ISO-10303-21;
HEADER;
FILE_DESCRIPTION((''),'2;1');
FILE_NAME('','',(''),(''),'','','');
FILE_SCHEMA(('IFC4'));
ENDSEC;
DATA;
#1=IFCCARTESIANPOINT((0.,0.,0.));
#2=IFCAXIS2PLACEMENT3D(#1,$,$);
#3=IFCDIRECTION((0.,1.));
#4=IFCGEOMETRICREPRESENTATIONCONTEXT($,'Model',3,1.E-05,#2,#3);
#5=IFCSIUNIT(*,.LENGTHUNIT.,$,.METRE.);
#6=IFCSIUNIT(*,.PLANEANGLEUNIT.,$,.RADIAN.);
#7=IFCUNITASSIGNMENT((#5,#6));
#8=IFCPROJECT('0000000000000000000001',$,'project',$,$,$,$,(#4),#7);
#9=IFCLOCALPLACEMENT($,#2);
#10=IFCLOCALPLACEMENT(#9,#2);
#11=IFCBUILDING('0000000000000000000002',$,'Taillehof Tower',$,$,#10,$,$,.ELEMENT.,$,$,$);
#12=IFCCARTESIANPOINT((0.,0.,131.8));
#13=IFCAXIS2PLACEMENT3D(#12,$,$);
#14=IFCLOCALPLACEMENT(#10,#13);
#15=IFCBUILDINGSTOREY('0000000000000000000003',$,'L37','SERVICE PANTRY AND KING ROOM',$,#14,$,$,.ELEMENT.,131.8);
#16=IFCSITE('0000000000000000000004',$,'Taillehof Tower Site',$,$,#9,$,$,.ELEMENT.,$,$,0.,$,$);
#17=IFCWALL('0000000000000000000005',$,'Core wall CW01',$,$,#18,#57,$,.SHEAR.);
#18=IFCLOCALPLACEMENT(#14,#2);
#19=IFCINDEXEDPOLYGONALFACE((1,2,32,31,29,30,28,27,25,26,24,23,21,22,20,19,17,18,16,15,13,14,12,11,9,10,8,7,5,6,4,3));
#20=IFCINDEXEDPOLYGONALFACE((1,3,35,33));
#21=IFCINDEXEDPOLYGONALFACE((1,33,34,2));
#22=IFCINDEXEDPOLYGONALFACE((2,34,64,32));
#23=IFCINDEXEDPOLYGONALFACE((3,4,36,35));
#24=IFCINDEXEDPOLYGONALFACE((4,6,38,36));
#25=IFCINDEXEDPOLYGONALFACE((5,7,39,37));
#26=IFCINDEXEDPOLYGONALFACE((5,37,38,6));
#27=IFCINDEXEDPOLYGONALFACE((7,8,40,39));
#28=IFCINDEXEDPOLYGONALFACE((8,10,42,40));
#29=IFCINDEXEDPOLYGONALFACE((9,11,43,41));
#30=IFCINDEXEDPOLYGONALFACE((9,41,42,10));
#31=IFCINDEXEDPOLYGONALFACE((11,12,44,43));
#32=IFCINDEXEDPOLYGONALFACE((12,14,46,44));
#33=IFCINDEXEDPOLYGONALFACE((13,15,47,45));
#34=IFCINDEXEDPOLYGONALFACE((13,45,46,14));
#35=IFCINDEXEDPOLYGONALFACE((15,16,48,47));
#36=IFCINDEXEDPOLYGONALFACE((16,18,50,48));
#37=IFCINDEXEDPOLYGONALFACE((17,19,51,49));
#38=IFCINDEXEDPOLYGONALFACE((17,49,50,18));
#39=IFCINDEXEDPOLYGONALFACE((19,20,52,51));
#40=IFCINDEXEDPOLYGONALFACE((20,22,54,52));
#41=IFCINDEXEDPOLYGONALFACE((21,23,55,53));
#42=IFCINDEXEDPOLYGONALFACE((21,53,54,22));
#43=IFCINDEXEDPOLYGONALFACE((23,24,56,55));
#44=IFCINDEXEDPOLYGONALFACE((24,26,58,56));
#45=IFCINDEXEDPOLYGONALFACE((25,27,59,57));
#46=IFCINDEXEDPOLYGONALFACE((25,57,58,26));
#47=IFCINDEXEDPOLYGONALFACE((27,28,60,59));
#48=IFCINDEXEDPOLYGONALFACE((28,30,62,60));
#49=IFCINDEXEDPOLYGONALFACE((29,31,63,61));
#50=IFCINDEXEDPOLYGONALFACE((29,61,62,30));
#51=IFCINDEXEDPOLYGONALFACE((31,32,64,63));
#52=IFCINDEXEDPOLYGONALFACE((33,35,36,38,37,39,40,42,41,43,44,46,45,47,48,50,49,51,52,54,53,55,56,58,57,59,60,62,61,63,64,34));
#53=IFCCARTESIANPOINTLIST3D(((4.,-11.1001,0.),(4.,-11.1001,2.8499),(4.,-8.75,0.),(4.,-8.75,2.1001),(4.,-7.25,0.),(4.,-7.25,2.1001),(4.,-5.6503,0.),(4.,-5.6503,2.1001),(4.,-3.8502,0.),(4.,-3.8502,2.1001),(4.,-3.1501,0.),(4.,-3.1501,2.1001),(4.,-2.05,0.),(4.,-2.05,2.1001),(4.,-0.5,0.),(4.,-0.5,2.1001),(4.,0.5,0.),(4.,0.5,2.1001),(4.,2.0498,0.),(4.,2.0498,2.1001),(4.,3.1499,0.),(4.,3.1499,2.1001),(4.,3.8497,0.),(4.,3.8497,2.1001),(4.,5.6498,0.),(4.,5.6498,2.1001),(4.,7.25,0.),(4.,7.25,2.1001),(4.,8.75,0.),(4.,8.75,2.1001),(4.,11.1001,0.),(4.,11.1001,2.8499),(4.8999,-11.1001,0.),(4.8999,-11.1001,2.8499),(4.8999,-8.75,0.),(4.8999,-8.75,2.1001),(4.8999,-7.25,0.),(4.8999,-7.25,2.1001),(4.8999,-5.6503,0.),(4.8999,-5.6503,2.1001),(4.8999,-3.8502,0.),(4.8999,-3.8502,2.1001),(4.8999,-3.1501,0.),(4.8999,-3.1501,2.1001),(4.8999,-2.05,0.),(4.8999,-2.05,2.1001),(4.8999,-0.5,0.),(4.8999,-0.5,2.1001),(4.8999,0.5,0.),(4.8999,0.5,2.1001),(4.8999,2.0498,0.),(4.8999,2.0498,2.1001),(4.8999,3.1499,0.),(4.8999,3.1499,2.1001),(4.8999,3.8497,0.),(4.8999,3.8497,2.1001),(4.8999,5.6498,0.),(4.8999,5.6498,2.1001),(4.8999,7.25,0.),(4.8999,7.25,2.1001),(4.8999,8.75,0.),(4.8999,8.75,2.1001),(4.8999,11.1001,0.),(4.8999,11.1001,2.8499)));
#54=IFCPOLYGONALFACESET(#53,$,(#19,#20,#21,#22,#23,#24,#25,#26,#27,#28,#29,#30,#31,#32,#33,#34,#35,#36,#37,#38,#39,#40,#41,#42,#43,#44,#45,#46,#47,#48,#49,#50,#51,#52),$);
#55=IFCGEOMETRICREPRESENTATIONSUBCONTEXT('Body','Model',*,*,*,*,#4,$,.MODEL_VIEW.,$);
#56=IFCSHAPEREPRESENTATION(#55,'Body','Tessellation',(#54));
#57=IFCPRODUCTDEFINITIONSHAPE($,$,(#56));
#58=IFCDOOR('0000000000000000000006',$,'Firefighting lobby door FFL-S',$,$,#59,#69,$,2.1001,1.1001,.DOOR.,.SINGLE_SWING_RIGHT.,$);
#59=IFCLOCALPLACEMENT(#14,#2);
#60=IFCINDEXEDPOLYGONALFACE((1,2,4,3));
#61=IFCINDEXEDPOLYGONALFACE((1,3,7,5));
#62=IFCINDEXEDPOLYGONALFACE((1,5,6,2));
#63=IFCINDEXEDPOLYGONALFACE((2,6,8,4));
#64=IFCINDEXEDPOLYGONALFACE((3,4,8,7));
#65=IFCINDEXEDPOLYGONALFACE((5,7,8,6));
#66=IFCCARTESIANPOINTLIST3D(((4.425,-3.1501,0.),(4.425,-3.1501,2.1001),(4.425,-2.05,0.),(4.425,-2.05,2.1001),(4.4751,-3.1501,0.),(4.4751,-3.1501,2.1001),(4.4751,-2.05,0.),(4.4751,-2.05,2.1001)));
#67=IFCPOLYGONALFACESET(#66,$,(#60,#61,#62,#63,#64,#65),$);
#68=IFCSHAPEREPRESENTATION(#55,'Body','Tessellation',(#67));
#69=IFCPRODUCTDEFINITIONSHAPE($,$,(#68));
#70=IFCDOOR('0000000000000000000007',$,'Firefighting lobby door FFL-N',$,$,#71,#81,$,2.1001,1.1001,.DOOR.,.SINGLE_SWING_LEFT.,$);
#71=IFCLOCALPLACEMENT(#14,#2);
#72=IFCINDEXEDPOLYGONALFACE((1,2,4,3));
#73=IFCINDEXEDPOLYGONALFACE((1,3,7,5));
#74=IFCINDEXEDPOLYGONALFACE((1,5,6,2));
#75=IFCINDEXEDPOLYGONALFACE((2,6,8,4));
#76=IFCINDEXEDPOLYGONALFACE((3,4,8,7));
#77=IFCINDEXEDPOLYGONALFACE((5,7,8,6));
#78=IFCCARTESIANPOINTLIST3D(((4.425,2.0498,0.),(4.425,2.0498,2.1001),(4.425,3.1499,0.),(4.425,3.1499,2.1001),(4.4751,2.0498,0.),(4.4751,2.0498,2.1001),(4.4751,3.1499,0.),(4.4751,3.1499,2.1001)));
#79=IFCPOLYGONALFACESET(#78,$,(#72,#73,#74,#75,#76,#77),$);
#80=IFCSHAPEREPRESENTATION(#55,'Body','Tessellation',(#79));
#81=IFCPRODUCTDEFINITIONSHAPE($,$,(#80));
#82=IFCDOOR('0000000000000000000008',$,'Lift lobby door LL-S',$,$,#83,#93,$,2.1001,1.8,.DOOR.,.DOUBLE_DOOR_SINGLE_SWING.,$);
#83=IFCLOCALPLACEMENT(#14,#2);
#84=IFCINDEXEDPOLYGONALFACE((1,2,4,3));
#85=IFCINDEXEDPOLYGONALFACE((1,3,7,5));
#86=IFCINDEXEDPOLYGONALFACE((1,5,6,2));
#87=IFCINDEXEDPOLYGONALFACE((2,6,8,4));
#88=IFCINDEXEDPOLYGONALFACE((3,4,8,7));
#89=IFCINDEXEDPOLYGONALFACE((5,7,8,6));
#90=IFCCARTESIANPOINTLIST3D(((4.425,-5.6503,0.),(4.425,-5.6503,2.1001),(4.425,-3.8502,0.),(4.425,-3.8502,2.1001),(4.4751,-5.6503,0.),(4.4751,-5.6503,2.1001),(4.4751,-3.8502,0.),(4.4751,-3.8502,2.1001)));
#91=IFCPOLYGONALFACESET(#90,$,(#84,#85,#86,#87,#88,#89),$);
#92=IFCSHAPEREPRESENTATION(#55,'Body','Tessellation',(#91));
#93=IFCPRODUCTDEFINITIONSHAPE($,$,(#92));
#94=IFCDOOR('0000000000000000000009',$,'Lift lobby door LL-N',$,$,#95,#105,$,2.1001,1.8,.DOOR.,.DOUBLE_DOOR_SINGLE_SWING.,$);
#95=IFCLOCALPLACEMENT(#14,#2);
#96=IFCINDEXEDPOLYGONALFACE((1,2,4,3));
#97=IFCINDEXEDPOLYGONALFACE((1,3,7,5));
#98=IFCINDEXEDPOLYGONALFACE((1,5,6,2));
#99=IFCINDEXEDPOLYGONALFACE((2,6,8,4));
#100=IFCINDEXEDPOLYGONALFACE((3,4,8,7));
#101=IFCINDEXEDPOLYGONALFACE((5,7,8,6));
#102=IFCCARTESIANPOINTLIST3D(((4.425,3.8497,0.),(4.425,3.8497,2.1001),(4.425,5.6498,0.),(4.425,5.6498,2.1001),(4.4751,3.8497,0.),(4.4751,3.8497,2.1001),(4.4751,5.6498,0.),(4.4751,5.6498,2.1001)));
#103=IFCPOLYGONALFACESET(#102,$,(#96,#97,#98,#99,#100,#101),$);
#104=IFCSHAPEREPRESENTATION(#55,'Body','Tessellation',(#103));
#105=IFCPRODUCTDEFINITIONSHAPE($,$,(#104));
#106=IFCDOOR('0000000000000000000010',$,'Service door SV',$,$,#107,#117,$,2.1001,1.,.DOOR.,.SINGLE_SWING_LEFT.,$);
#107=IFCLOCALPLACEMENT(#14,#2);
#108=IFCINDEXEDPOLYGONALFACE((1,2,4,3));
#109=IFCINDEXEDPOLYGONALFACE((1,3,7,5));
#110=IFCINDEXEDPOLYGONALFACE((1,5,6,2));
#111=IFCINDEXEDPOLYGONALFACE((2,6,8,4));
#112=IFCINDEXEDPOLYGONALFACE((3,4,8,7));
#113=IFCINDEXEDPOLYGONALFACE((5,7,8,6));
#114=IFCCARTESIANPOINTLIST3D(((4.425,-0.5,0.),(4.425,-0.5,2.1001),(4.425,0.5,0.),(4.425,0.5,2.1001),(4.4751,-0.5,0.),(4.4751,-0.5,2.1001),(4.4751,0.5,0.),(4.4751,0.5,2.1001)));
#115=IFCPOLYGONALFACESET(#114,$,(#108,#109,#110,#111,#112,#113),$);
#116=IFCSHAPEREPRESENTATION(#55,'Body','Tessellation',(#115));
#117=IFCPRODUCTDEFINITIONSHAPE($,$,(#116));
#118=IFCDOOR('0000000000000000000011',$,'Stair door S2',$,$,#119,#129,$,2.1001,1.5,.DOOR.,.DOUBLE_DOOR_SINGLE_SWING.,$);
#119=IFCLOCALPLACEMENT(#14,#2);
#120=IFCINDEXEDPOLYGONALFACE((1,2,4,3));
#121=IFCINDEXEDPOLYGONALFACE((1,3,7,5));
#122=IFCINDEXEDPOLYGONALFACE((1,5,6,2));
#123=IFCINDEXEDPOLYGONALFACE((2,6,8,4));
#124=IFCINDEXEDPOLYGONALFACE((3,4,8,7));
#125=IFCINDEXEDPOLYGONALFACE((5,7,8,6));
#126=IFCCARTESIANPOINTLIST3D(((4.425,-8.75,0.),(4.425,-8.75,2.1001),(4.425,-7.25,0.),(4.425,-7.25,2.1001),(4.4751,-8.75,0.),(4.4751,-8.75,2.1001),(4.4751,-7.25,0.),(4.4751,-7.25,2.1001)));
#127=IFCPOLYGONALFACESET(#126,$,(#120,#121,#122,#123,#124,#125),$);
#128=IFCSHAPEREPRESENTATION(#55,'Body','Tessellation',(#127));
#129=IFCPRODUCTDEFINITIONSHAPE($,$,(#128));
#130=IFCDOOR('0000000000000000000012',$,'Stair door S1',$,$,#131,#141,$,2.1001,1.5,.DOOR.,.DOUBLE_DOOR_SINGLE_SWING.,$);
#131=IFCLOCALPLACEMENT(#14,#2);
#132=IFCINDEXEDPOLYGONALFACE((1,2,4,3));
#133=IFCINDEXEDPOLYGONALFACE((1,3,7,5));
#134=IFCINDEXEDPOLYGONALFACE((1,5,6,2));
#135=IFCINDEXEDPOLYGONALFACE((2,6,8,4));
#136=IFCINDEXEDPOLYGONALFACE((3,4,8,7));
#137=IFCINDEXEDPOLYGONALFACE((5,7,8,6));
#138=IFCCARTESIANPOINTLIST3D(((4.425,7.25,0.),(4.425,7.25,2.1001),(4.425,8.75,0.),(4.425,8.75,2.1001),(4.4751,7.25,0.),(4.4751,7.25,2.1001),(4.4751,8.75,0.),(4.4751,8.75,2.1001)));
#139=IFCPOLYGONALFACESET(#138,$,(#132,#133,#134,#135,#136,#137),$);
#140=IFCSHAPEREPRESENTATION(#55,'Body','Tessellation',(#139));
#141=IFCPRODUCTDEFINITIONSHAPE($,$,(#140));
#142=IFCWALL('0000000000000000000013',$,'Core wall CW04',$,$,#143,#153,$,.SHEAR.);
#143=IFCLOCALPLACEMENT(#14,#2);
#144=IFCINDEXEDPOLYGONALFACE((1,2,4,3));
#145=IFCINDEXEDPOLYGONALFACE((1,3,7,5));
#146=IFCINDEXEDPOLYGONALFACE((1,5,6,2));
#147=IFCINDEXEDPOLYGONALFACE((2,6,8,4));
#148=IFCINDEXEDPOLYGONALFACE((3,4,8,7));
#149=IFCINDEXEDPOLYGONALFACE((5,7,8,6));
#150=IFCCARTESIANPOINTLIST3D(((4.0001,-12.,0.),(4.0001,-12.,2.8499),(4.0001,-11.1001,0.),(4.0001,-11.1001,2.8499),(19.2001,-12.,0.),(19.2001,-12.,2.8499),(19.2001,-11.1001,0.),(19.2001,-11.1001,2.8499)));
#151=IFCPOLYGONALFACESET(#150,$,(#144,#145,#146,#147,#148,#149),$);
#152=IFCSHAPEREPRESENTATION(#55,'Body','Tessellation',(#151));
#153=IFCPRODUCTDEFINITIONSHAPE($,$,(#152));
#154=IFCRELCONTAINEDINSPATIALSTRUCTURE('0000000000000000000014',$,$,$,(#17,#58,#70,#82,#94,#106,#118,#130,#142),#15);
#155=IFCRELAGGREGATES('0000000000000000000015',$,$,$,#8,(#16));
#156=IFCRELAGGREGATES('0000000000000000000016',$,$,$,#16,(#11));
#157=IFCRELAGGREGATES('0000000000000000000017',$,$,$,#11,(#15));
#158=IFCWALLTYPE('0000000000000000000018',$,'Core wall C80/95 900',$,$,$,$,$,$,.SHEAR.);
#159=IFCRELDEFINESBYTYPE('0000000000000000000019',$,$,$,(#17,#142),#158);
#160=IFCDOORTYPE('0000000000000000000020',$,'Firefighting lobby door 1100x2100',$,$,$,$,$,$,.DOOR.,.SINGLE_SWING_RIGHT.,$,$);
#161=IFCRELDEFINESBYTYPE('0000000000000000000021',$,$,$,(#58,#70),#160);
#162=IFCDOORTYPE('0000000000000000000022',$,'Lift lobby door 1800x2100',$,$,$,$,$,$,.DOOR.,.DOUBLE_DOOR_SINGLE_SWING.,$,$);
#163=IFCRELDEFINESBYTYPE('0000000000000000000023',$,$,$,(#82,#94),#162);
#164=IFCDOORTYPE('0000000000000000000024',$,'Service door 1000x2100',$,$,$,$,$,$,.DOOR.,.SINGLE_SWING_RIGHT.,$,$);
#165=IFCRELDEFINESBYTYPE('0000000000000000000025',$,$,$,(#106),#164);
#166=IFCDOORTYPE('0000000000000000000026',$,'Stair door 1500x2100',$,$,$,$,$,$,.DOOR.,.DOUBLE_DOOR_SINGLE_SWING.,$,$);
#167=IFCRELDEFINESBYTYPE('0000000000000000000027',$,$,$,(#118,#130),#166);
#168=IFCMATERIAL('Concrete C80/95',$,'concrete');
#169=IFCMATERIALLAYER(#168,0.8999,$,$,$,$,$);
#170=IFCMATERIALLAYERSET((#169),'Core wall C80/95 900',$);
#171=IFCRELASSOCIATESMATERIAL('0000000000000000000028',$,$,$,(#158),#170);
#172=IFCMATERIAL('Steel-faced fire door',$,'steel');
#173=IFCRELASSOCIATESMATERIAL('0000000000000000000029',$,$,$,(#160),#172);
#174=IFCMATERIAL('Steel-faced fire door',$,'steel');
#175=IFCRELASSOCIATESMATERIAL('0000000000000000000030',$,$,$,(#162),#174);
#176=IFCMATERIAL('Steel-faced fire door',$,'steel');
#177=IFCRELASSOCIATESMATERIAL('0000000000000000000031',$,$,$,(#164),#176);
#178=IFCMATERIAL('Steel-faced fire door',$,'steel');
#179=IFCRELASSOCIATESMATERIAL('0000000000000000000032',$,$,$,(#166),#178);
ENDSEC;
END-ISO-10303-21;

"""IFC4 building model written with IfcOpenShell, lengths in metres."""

from ifc_helpers import new_model, si_unit, direction, frame, frame_2d, origin, place, context, subcontext, project, spatial, rectangle, extrude, material, layer, layer_set, type_object, element, fill, save


model = new_model("IFC4")

# Units and contexts
model_context = context("Model", 3, precision=1e-05, world=origin(), true_north=direction((0.0, 1.0)))
body_context = subcontext(model_context, "Body", "Model", "MODEL_VIEW")
ifc_project = project(units=[si_unit("LENGTHUNIT", "METRE"), si_unit("PLANEANGLEUNIT", "RADIAN")], contexts=[model_context])

# Site, building, storey
site_placement = place(None, origin())
site = spatial("IfcSite", under=ifc_project, at=site_placement, Name="Taillehof Tower Site", CompositionType="ELEMENT", RefElevation=0.0)
building_placement = place(site_placement, origin())
building = spatial("IfcBuilding", under=site, at=building_placement, Name="Taillehof Tower", CompositionType="ELEMENT")
storey_placement = place(building_placement, frame((0.0, 0.0, 131.8)))
storey = spatial("IfcBuildingStorey", under=building, at=storey_placement, Name="L37", Description="SERVICE PANTRY AND KING ROOM", CompositionType="ELEMENT", Elevation=131.8)

# Wall, openings, doors
ifc_material_1 = material(Name="Concrete C80/95", Category="concrete")
ifc_layer_1 = layer(ifc_material_1, 0.8999)
ifc_layer_set_1 = layer_set([ifc_layer_1], Name="Core wall C80/95 900")
wall_type_1 = type_object("IfcWallType", Name="Core wall C80/95 900", PredefinedType="SHEAR", material=ifc_layer_set_1)
wall_1_placement = place(storey_placement, frame((4.45, -11.1001, 0.0), z_axis=(0.0, 0.0, 1.0), x_axis=(0.0, 1.0, 0.0)))
wall_1 = element("IfcWall", 1, at=wall_1_placement, inside=storey, type_object=wall_type_1, Name="Core wall CW01", PredefinedType="SHEAR", context=body_context, shape_type="SweptSolid", body=[
    extrude(rectangle(XDim=22.2002, YDim=0.8999, at=frame_2d((11.1001, 0.0))), origin(), (0.0, 0.0, 1.0), 2.8499),
])
opening_1_placement = place(wall_1_placement, frame((2.3501, 0.0, 0.0)))
opening_1 = element("IfcOpeningElement", 2, at=opening_1_placement, cuts=wall_1, PredefinedType="OPENING", context=body_context, shape_type="SweptSolid", body=[
    extrude(rectangle(XDim=1.5, YDim=2.1001, at=frame_2d((0.75, 1.05))), frame((0.0, 0.46, 0.0), z_axis=(0.0, -1.0, 0.0), x_axis=(1.0, 0.0, 0.0)), (0.0, 0.0, 1.0), 0.9199),
])
opening_2_placement = place(wall_1_placement, frame((5.45, 0.0, 0.0)))
opening_2 = element("IfcOpeningElement", 3, at=opening_2_placement, cuts=wall_1, PredefinedType="OPENING", context=body_context, shape_type="SweptSolid", body=[
    extrude(rectangle(XDim=1.8, YDim=2.1001, at=frame_2d((0.8999, 1.05))), frame((0.0, 0.46, 0.0), z_axis=(0.0, -1.0, 0.0), x_axis=(1.0, 0.0, 0.0)), (0.0, 0.0, 1.0), 0.9199),
])
opening_3_placement = place(wall_1_placement, frame((7.95, 0.0, 0.0)))
opening_3 = element("IfcOpeningElement", 4, at=opening_3_placement, cuts=wall_1, PredefinedType="OPENING", context=body_context, shape_type="SweptSolid", body=[
    extrude(rectangle(XDim=1.1001, YDim=2.1001, at=frame_2d((0.55, 1.05))), frame((0.0, 0.46, 0.0), z_axis=(0.0, -1.0, 0.0), x_axis=(1.0, 0.0, 0.0)), (0.0, 0.0, 1.0), 0.9199),
])
opening_4_placement = place(wall_1_placement, frame((10.6001, 0.0, 0.0)))
opening_4 = element("IfcOpeningElement", 5, at=opening_4_placement, cuts=wall_1, PredefinedType="OPENING", context=body_context, shape_type="SweptSolid", body=[
    extrude(rectangle(XDim=1.0, YDim=2.1001, at=frame_2d((0.5, 1.05))), frame((0.0, 0.46, 0.0), z_axis=(0.0, -1.0, 0.0), x_axis=(1.0, 0.0, 0.0)), (0.0, 0.0, 1.0), 0.9199),
])
opening_5_placement = place(wall_1_placement, frame((13.1499, 0.0, 0.0)))
opening_5 = element("IfcOpeningElement", 6, at=opening_5_placement, cuts=wall_1, PredefinedType="OPENING", context=body_context, shape_type="SweptSolid", body=[
    extrude(rectangle(XDim=1.1001, YDim=2.1001, at=frame_2d((0.55, 1.05))), frame((0.0, 0.46, 0.0), z_axis=(0.0, -1.0, 0.0), x_axis=(1.0, 0.0, 0.0)), (0.0, 0.0, 1.0), 0.9199),
])
opening_6_placement = place(wall_1_placement, frame((14.95, 0.0, 0.0)))
opening_6 = element("IfcOpeningElement", 7, at=opening_6_placement, cuts=wall_1, PredefinedType="OPENING", context=body_context, shape_type="SweptSolid", body=[
    extrude(rectangle(XDim=1.8, YDim=2.1001, at=frame_2d((0.8999, 1.05))), frame((0.0, 0.46, 0.0), z_axis=(0.0, -1.0, 0.0), x_axis=(1.0, 0.0, 0.0)), (0.0, 0.0, 1.0), 0.9199),
])
opening_7_placement = place(wall_1_placement, frame((18.3501, 0.0, 0.0)))
opening_7 = element("IfcOpeningElement", 8, at=opening_7_placement, cuts=wall_1, PredefinedType="OPENING", context=body_context, shape_type="SweptSolid", body=[
    extrude(rectangle(XDim=1.5, YDim=2.1001, at=frame_2d((0.75, 1.05))), frame((0.0, 0.46, 0.0), z_axis=(0.0, -1.0, 0.0), x_axis=(1.0, 0.0, 0.0)), (0.0, 0.0, 1.0), 0.9199),
])
ifc_material_2 = material(Name="Steel-faced fire door", Category="steel")
door_type_1 = type_object("IfcDoorType", Name="Firefighting lobby door 1100x2100", OperationType="SINGLE_SWING_RIGHT", PredefinedType="DOOR", material=ifc_material_2)
door_1_placement = place(opening_3_placement, origin())
door_1 = element("IfcDoor", 9, at=door_1_placement, inside=storey, type_object=door_type_1, Name="Firefighting lobby door FFL-S", OperationType="SINGLE_SWING_RIGHT", OverallHeight=2.1001, OverallWidth=1.1001, PredefinedType="DOOR", context=body_context, shape_type="SweptSolid", body=[
    extrude(rectangle(XDim=1.1001, YDim=2.1001, at=frame_2d((0.55, 1.05))), frame((0.0, 0.0249, 0.0), z_axis=(0.0, -1.0, 0.0), x_axis=(1.0, 0.0, 0.0)), (0.0, 0.0, 1.0), 0.05),
])
fill(opening_3, door_1)
door_2_placement = place(opening_5_placement, origin())
door_2 = element("IfcDoor", 10, at=door_2_placement, inside=storey, type_object=door_type_1, Name="Firefighting lobby door FFL-N", OperationType="SINGLE_SWING_LEFT", OverallHeight=2.1001, OverallWidth=1.1001, PredefinedType="DOOR", context=body_context, shape_type="SweptSolid", body=[
    extrude(rectangle(XDim=1.1001, YDim=2.1001, at=frame_2d((0.55, 1.05))), frame((0.0, 0.0249, 0.0), z_axis=(0.0, -1.0, 0.0), x_axis=(1.0, 0.0, 0.0)), (0.0, 0.0, 1.0), 0.05),
])
fill(opening_5, door_2)
ifc_material_3 = material(Name="Steel-faced fire door", Category="steel")
door_type_2 = type_object("IfcDoorType", Name="Lift lobby door 1800x2100", OperationType="DOUBLE_DOOR_SINGLE_SWING", PredefinedType="DOOR", material=ifc_material_3)
door_3_placement = place(opening_2_placement, origin())
door_3 = element("IfcDoor", 11, at=door_3_placement, inside=storey, type_object=door_type_2, Name="Lift lobby door LL-S", OperationType="DOUBLE_DOOR_SINGLE_SWING", OverallHeight=2.1001, OverallWidth=1.8, PredefinedType="DOOR", context=body_context, shape_type="SweptSolid", body=[
    extrude(rectangle(XDim=1.8, YDim=2.1001, at=frame_2d((0.8999, 1.05))), frame((0.0, 0.0249, 0.0), z_axis=(0.0, -1.0, 0.0), x_axis=(1.0, 0.0, 0.0)), (0.0, 0.0, 1.0), 0.05),
])
fill(opening_2, door_3)
door_4_placement = place(opening_6_placement, origin())
door_4 = element("IfcDoor", 12, at=door_4_placement, inside=storey, type_object=door_type_2, Name="Lift lobby door LL-N", OperationType="DOUBLE_DOOR_SINGLE_SWING", OverallHeight=2.1001, OverallWidth=1.8, PredefinedType="DOOR", context=body_context, shape_type="SweptSolid", body=[
    extrude(rectangle(XDim=1.8, YDim=2.1001, at=frame_2d((0.8999, 1.05))), frame((0.0, 0.0249, 0.0), z_axis=(0.0, -1.0, 0.0), x_axis=(1.0, 0.0, 0.0)), (0.0, 0.0, 1.0), 0.05),
])
fill(opening_6, door_4)
ifc_material_4 = material(Name="Steel-faced fire door", Category="steel")
door_type_3 = type_object("IfcDoorType", Name="Service door 1000x2100", OperationType="SINGLE_SWING_RIGHT", PredefinedType="DOOR", material=ifc_material_4)
door_5_placement = place(opening_4_placement, origin())
door_5 = element("IfcDoor", 13, at=door_5_placement, inside=storey, type_object=door_type_3, Name="Service door SV", OperationType="SINGLE_SWING_LEFT", OverallHeight=2.1001, OverallWidth=1.0, PredefinedType="DOOR", context=body_context, shape_type="SweptSolid", body=[
    extrude(rectangle(XDim=1.0, YDim=2.1001, at=frame_2d((0.5, 1.05))), frame((0.0, 0.0249, 0.0), z_axis=(0.0, -1.0, 0.0), x_axis=(1.0, 0.0, 0.0)), (0.0, 0.0, 1.0), 0.05),
])
fill(opening_4, door_5)
ifc_material_5 = material(Name="Steel-faced fire door", Category="steel")
door_type_4 = type_object("IfcDoorType", Name="Stair door 1500x2100", OperationType="DOUBLE_DOOR_SINGLE_SWING", PredefinedType="DOOR", material=ifc_material_5)
door_6_placement = place(opening_1_placement, origin())
door_6 = element("IfcDoor", 14, at=door_6_placement, inside=storey, type_object=door_type_4, Name="Stair door S2", OperationType="DOUBLE_DOOR_SINGLE_SWING", OverallHeight=2.1001, OverallWidth=1.5, PredefinedType="DOOR", context=body_context, shape_type="SweptSolid", body=[
    extrude(rectangle(XDim=1.5, YDim=2.1001, at=frame_2d((0.75, 1.05))), frame((0.0, 0.0249, 0.0), z_axis=(0.0, -1.0, 0.0), x_axis=(1.0, 0.0, 0.0)), (0.0, 0.0, 1.0), 0.05),
])
fill(opening_1, door_6)
door_7_placement = place(opening_7_placement, origin())
door_7 = element("IfcDoor", 15, at=door_7_placement, inside=storey, type_object=door_type_4, Name="Stair door S1", OperationType="DOUBLE_DOOR_SINGLE_SWING", OverallHeight=2.1001, OverallWidth=1.5, PredefinedType="DOOR", context=body_context, shape_type="SweptSolid", body=[
    extrude(rectangle(XDim=1.5, YDim=2.1001, at=frame_2d((0.75, 1.05))), frame((0.0, 0.0249, 0.0), z_axis=(0.0, -1.0, 0.0), x_axis=(1.0, 0.0, 0.0)), (0.0, 0.0, 1.0), 0.05),
])
fill(opening_7, door_7)

# Wall
wall_2_placement = place(storey_placement, frame((4.0, -11.55, 0.0), z_axis=(0.0, 0.0, 1.0), x_axis=(1.0, 0.0, 0.0)))
element("IfcWall", 16, at=wall_2_placement, inside=storey, type_object=wall_type_1, Name="Core wall CW04", PredefinedType="SHEAR", context=body_context, shape_type="SweptSolid", body=[
    extrude(rectangle(XDim=15.2, YDim=0.8999, at=frame_2d((7.6001, 0.0))), origin(), (0.0, 0.0, 1.0), 2.8499),
])

save(model, "model.ifc")
